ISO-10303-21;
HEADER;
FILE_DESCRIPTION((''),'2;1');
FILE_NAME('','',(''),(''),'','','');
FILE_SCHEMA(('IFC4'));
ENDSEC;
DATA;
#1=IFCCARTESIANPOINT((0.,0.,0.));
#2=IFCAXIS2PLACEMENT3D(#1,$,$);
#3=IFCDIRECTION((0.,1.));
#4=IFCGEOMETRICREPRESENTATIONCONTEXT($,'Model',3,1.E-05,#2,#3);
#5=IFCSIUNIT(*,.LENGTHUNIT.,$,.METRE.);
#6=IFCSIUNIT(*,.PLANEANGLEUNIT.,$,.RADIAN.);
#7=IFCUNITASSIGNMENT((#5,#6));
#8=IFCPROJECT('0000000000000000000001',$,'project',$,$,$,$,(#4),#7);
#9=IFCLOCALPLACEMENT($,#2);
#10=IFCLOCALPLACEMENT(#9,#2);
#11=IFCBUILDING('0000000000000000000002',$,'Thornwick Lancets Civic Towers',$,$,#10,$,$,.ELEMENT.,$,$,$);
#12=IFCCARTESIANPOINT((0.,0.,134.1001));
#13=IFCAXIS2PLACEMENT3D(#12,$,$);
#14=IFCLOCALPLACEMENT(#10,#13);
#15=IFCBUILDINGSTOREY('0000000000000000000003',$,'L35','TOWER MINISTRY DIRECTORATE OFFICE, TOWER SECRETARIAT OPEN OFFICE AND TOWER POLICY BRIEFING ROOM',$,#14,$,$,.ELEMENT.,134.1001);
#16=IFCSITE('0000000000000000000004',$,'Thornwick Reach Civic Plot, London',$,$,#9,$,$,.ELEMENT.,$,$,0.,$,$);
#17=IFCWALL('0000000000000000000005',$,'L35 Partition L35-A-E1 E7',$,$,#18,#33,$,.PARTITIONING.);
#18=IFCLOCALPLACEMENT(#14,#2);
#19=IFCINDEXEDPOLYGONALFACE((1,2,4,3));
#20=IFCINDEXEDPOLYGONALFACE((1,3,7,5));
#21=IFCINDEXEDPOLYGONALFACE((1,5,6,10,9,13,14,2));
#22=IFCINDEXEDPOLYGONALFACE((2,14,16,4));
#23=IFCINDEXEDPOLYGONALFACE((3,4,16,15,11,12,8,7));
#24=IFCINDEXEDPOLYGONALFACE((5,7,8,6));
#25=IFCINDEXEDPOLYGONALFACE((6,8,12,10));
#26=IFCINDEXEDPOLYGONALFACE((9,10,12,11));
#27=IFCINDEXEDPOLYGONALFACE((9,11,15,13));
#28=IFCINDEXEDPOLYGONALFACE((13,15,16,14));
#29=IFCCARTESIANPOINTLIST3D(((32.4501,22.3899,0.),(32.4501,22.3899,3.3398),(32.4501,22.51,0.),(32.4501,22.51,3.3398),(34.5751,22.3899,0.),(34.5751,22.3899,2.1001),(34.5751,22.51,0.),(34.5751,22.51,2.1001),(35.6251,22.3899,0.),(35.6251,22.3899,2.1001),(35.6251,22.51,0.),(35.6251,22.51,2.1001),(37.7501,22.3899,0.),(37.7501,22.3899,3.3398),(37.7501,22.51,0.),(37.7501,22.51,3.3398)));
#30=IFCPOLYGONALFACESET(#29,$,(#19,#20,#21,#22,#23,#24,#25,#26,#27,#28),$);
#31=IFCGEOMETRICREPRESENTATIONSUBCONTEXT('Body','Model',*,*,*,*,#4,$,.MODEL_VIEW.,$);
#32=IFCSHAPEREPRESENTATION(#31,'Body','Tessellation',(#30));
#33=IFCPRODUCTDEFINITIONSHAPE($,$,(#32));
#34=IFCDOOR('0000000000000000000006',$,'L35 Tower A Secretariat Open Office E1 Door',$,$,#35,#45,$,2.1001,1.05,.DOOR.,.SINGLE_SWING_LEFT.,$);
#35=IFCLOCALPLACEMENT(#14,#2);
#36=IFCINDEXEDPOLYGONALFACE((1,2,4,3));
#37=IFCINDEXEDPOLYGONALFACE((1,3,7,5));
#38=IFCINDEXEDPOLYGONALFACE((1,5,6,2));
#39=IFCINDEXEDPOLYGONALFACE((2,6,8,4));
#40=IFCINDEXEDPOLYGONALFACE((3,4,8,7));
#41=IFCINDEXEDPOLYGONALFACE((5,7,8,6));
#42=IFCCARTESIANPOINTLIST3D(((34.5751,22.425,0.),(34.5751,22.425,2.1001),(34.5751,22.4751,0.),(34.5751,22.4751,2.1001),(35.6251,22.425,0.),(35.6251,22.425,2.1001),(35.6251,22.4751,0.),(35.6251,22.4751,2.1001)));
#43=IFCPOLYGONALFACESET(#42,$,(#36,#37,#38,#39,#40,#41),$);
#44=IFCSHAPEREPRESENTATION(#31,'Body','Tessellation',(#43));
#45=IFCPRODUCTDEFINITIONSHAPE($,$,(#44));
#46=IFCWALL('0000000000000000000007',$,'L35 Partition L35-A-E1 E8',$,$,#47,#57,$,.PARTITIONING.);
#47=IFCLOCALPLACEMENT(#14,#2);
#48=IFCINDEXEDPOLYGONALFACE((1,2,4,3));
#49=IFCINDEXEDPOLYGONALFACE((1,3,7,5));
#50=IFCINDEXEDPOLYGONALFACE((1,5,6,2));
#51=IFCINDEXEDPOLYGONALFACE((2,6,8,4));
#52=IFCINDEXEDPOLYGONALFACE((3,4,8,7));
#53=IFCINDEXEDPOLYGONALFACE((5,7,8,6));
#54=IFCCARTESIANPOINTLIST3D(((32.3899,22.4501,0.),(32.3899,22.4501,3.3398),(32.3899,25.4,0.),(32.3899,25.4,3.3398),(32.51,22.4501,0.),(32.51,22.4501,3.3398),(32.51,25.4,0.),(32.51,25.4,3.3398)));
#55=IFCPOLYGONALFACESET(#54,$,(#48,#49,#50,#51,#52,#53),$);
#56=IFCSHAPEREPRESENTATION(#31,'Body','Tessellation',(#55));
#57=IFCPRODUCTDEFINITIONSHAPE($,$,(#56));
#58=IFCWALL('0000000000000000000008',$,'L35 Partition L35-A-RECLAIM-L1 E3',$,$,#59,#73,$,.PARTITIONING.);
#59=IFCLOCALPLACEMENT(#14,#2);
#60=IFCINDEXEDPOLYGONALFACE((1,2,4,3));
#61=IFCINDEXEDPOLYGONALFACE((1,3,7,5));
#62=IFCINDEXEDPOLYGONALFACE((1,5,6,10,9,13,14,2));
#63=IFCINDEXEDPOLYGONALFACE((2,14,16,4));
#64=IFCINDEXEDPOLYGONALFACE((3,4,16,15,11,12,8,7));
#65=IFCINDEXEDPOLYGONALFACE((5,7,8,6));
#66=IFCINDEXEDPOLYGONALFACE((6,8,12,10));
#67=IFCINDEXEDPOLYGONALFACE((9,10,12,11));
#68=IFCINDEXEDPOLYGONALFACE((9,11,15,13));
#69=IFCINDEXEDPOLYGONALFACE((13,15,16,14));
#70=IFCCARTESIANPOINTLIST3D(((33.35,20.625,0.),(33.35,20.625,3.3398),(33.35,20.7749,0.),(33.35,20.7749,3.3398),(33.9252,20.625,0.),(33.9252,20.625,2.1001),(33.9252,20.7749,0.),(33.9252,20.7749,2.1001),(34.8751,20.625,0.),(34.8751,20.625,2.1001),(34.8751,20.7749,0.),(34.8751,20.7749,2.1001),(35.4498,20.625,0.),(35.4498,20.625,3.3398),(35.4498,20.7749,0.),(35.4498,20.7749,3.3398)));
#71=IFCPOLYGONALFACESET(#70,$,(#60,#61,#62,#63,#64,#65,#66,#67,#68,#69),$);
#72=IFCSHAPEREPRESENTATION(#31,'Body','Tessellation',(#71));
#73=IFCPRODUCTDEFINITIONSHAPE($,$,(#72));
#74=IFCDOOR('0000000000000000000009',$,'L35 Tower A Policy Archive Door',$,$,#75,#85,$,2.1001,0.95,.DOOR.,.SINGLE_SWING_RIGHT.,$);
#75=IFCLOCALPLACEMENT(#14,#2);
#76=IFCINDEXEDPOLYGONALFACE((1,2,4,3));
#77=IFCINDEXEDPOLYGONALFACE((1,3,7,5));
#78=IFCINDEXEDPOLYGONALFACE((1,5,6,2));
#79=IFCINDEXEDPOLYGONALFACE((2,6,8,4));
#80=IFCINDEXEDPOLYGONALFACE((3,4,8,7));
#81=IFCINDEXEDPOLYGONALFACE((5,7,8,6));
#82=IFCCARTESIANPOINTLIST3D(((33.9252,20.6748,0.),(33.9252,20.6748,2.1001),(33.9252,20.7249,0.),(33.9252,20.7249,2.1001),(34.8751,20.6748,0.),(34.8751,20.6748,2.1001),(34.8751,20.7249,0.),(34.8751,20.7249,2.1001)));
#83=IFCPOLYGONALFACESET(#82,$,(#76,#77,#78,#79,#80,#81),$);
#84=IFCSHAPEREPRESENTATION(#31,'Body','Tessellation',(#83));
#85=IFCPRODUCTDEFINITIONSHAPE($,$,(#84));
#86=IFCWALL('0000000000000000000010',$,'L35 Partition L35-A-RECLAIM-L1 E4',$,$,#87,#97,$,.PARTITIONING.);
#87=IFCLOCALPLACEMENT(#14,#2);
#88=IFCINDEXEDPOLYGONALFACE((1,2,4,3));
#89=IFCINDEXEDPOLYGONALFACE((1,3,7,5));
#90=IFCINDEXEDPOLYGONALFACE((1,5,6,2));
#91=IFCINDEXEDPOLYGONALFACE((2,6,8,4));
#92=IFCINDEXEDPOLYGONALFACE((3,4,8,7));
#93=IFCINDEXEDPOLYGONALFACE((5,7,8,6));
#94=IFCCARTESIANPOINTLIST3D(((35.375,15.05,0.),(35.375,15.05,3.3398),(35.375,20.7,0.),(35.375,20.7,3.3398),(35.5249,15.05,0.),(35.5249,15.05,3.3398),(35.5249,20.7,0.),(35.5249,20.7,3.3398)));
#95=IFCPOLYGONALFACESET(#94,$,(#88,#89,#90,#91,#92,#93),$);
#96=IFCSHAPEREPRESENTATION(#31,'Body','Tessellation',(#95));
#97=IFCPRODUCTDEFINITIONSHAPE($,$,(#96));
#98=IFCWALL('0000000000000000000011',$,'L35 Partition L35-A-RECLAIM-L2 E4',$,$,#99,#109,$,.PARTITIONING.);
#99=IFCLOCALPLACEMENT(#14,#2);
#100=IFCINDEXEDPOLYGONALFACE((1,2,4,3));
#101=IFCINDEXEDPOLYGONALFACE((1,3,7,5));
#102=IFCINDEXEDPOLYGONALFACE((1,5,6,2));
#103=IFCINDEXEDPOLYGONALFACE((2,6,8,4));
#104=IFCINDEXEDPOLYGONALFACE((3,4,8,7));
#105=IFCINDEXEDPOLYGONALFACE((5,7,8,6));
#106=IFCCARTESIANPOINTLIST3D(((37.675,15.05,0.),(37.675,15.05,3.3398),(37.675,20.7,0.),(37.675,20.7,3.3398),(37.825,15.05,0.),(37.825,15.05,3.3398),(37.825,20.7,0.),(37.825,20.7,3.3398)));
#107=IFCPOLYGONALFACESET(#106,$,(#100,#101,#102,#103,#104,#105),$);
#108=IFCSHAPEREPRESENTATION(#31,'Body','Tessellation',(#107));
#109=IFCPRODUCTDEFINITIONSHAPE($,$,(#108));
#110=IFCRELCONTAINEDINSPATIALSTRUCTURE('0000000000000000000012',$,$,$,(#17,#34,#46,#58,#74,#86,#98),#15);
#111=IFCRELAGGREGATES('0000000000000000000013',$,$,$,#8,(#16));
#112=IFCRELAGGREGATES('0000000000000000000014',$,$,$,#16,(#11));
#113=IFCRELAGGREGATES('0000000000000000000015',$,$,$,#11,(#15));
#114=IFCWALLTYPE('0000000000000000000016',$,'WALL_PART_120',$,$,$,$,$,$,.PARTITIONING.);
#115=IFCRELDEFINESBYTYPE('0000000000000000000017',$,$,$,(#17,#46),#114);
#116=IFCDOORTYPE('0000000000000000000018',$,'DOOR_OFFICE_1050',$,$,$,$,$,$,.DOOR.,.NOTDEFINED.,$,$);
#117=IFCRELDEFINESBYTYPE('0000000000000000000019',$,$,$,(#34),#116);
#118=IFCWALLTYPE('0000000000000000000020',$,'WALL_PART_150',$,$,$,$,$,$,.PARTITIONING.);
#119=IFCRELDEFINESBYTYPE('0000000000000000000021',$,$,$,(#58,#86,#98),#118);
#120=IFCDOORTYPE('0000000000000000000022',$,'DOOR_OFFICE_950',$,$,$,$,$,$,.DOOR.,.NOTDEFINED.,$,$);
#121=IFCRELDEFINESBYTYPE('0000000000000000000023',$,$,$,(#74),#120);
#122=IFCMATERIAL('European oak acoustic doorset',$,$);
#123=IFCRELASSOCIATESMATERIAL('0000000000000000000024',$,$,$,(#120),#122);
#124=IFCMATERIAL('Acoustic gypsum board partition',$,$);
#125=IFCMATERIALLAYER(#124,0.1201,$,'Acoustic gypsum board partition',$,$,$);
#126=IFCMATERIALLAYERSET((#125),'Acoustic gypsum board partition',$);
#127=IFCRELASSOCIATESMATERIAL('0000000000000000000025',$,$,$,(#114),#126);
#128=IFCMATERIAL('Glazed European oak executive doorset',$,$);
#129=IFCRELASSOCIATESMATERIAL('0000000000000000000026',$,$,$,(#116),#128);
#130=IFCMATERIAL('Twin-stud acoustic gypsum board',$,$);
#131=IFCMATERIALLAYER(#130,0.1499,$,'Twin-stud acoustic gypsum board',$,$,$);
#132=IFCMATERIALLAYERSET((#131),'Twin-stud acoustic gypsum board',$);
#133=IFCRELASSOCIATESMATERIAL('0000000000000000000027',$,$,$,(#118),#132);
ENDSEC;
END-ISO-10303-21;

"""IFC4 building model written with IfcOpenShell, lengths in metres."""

from ifc_helpers import new_model, si_unit, direction, frame, frame_2d, origin, place, context, subcontext, project, spatial, rectangle, extrude, material, layer, layer_set, type_object, element, fill, save


model = new_model("IFC4")

# Units and contexts
model_context = context("Model", 3, precision=1e-05, world=origin(), true_north=direction((0.0, 1.0)))
body_context = subcontext(model_context, "Body", "Model", "MODEL_VIEW")
ifc_project = project(units=[si_unit("LENGTHUNIT", "METRE"), si_unit("PLANEANGLEUNIT", "RADIAN")], contexts=[model_context])

# Site, building, storey
site_placement = place(None, origin())
site = spatial("IfcSite", under=ifc_project, at=site_placement, Name="Thornwick Reach Civic Plot, London", CompositionType="ELEMENT", RefElevation=0.0)
building_placement = place(site_placement, origin())
building = spatial("IfcBuilding", under=site, at=building_placement, Name="Thornwick Lancets Civic Towers", CompositionType="ELEMENT")
storey_placement = place(building_placement, frame((0.0, 0.0, 134.1001)))
storey = spatial("IfcBuildingStorey", under=building, at=storey_placement, Name="L35", Description="TOWER MINISTRY DIRECTORATE OFFICE, TOWER SECRETARIAT OPEN OFFICE AND TOWER POLICY BRIEFING ROOM", CompositionType="ELEMENT", Elevation=134.1001)

# Shared definitions
ifc_material_1 = material(Name="European oak acoustic doorset")
door_type_1 = type_object("IfcDoorType", Name="DOOR_OFFICE_950", OperationType="NOTDEFINED", PredefinedType="DOOR", material=ifc_material_1)

# Shared definitions
ifc_material_2 = material(Name="Acoustic gypsum board partition")
ifc_layer_1 = layer(ifc_material_2, 0.1201, Name="Acoustic gypsum board partition")
ifc_layer_set_1 = layer_set([ifc_layer_1], Name="Acoustic gypsum board partition")
wall_type_1 = type_object("IfcWallType", Name="WALL_PART_120", PredefinedType="PARTITIONING", material=ifc_layer_set_1)

# Wall, opening, door
wall_1_placement = place(storey_placement, frame((37.75, 22.45, 0.0), z_axis=(0.0, 0.0, 1.0), x_axis=(-1.0, 0.0, 0.0)))
wall_1 = element("IfcWall", 1, at=wall_1_placement, inside=storey, type_object=wall_type_1, Name="L35 Partition L35-A-E1 E7", PredefinedType="PARTITIONING", context=body_context, shape_type="SweptSolid", body=[
    extrude(rectangle(XDim=5.3, YDim=0.1201, at=frame_2d((2.6499, 0.0))), origin(), (0.0, 0.0, 1.0), 3.3398),
])
opening_1_placement = place(wall_1_placement, frame((2.125, 0.0, 0.0)))
opening_1 = element("IfcOpeningElement", 2, at=opening_1_placement, cuts=wall_1, PredefinedType="OPENING", context=body_context, shape_type="SweptSolid", body=[
    extrude(rectangle(XDim=1.05, YDim=2.1001, at=frame_2d((0.5249, 1.05))), frame((0.0, 0.0701, 0.0), z_axis=(0.0, -1.0, 0.0), x_axis=(1.0, 0.0, 0.0)), (0.0, 0.0, 1.0), 0.1401),
])
ifc_material_3 = material(Name="Glazed European oak executive doorset")
door_type_2 = type_object("IfcDoorType", Name="DOOR_OFFICE_1050", OperationType="NOTDEFINED", PredefinedType="DOOR", material=ifc_material_3)
door_1_placement = place(opening_1_placement, origin())
door_1 = element("IfcDoor", 3, at=door_1_placement, inside=storey, type_object=door_type_2, Name="L35 Tower A Secretariat Open Office E1 Door", OperationType="SINGLE_SWING_LEFT", OverallHeight=2.1001, OverallWidth=1.05, PredefinedType="DOOR", context=body_context, shape_type="SweptSolid", body=[
    extrude(rectangle(XDim=1.05, YDim=2.1001, at=frame_2d((0.5249, 1.05))), frame((0.0, 0.0249, 0.0), z_axis=(0.0, -1.0, 0.0), x_axis=(1.0, 0.0, 0.0)), (0.0, 0.0, 1.0), 0.05),
])
fill(opening_1, door_1)

# Wall
wall_2_placement = place(storey_placement, frame((32.45, 22.45, 0.0), z_axis=(0.0, 0.0, 1.0), x_axis=(0.0, 1.0, 0.0)))
element("IfcWall", 4, at=wall_2_placement, inside=storey, type_object=wall_type_1, Name="L35 Partition L35-A-E1 E8", PredefinedType="PARTITIONING", context=body_context, shape_type="SweptSolid", body=[
    extrude(rectangle(XDim=2.95, YDim=0.1201, at=frame_2d((1.4751, 0.0))), origin(), (0.0, 0.0, 1.0), 3.3398),
])

# Wall, opening, door
ifc_material_4 = material(Name="Twin-stud acoustic gypsum board")
ifc_layer_2 = layer(ifc_material_4, 0.1499, Name="Twin-stud acoustic gypsum board")
ifc_layer_set_2 = layer_set([ifc_layer_2], Name="Twin-stud acoustic gypsum board")
wall_type_2 = type_object("IfcWallType", Name="WALL_PART_150", PredefinedType="PARTITIONING", material=ifc_layer_set_2)
wall_3_placement = place(storey_placement, frame((33.3501, 20.7, 0.0), z_axis=(0.0, 0.0, 1.0), x_axis=(1.0, 0.0, 0.0)))
wall_3 = element("IfcWall", 5, at=wall_3_placement, inside=storey, type_object=wall_type_2, Name="L35 Partition L35-A-RECLAIM-L1 E3", PredefinedType="PARTITIONING", context=body_context, shape_type="SweptSolid", body=[
    extrude(rectangle(XDim=2.0999, YDim=0.1499, at=frame_2d((1.0498, 0.0))), origin(), (0.0, 0.0, 1.0), 3.3398),
])
opening_2_placement = place(wall_3_placement, frame((0.575, 0.0, 0.0)))
opening_2 = element("IfcOpeningElement", 6, at=opening_2_placement, cuts=wall_3, PredefinedType="OPENING", context=body_context, shape_type="SweptSolid", body=[
    extrude(rectangle(XDim=0.95, YDim=2.1001, at=frame_2d((0.4751, 1.05))), frame((0.0, 0.085, 0.0), z_axis=(0.0, -1.0, 0.0), x_axis=(1.0, 0.0, 0.0)), (0.0, 0.0, 1.0), 0.1699),
])
door_2_placement = place(opening_2_placement, origin())
door_2 = element("IfcDoor", 7, at=door_2_placement, inside=storey, type_object=door_type_1, Name="L35 Tower A Policy Archive Door", OperationType="SINGLE_SWING_RIGHT", OverallHeight=2.1001, OverallWidth=0.95, PredefinedType="DOOR", context=body_context, shape_type="SweptSolid", body=[
    extrude(rectangle(XDim=0.95, YDim=2.1001, at=frame_2d((0.4751, 1.05))), frame((0.0, 0.0249, 0.0), z_axis=(0.0, -1.0, 0.0), x_axis=(1.0, 0.0, 0.0)), (0.0, 0.0, 1.0), 0.05),
])
fill(opening_2, door_2)

# Wall
wall_4_placement = place(storey_placement, frame((35.45, 20.7, 0.0), z_axis=(0.0, 0.0, 1.0), x_axis=(0.0, -1.0, 0.0)))
element("IfcWall", 8, at=wall_4_placement, inside=storey, type_object=wall_type_2, Name="L35 Partition L35-A-RECLAIM-L1 E4", PredefinedType="PARTITIONING", context=body_context, shape_type="SweptSolid", body=[
    extrude(rectangle(XDim=5.6499, YDim=0.1499, at=frame_2d((2.825, 0.0))), origin(), (0.0, 0.0, 1.0), 3.3398),
])

# Wall
wall_5_placement = place(storey_placement, frame((37.75, 20.7, 0.0), z_axis=(0.0, 0.0, 1.0), x_axis=(0.0, -1.0, 0.0)))
element("IfcWall", 9, at=wall_5_placement, inside=storey, type_object=wall_type_2, Name="L35 Partition L35-A-RECLAIM-L2 E4", PredefinedType="PARTITIONING", context=body_context, shape_type="SweptSolid", body=[
    extrude(rectangle(XDim=5.6499, YDim=0.1499, at=frame_2d((2.825, 0.0))), origin(), (0.0, 0.0, 1.0), 3.3398),
])

save(model, "model.ifc")
